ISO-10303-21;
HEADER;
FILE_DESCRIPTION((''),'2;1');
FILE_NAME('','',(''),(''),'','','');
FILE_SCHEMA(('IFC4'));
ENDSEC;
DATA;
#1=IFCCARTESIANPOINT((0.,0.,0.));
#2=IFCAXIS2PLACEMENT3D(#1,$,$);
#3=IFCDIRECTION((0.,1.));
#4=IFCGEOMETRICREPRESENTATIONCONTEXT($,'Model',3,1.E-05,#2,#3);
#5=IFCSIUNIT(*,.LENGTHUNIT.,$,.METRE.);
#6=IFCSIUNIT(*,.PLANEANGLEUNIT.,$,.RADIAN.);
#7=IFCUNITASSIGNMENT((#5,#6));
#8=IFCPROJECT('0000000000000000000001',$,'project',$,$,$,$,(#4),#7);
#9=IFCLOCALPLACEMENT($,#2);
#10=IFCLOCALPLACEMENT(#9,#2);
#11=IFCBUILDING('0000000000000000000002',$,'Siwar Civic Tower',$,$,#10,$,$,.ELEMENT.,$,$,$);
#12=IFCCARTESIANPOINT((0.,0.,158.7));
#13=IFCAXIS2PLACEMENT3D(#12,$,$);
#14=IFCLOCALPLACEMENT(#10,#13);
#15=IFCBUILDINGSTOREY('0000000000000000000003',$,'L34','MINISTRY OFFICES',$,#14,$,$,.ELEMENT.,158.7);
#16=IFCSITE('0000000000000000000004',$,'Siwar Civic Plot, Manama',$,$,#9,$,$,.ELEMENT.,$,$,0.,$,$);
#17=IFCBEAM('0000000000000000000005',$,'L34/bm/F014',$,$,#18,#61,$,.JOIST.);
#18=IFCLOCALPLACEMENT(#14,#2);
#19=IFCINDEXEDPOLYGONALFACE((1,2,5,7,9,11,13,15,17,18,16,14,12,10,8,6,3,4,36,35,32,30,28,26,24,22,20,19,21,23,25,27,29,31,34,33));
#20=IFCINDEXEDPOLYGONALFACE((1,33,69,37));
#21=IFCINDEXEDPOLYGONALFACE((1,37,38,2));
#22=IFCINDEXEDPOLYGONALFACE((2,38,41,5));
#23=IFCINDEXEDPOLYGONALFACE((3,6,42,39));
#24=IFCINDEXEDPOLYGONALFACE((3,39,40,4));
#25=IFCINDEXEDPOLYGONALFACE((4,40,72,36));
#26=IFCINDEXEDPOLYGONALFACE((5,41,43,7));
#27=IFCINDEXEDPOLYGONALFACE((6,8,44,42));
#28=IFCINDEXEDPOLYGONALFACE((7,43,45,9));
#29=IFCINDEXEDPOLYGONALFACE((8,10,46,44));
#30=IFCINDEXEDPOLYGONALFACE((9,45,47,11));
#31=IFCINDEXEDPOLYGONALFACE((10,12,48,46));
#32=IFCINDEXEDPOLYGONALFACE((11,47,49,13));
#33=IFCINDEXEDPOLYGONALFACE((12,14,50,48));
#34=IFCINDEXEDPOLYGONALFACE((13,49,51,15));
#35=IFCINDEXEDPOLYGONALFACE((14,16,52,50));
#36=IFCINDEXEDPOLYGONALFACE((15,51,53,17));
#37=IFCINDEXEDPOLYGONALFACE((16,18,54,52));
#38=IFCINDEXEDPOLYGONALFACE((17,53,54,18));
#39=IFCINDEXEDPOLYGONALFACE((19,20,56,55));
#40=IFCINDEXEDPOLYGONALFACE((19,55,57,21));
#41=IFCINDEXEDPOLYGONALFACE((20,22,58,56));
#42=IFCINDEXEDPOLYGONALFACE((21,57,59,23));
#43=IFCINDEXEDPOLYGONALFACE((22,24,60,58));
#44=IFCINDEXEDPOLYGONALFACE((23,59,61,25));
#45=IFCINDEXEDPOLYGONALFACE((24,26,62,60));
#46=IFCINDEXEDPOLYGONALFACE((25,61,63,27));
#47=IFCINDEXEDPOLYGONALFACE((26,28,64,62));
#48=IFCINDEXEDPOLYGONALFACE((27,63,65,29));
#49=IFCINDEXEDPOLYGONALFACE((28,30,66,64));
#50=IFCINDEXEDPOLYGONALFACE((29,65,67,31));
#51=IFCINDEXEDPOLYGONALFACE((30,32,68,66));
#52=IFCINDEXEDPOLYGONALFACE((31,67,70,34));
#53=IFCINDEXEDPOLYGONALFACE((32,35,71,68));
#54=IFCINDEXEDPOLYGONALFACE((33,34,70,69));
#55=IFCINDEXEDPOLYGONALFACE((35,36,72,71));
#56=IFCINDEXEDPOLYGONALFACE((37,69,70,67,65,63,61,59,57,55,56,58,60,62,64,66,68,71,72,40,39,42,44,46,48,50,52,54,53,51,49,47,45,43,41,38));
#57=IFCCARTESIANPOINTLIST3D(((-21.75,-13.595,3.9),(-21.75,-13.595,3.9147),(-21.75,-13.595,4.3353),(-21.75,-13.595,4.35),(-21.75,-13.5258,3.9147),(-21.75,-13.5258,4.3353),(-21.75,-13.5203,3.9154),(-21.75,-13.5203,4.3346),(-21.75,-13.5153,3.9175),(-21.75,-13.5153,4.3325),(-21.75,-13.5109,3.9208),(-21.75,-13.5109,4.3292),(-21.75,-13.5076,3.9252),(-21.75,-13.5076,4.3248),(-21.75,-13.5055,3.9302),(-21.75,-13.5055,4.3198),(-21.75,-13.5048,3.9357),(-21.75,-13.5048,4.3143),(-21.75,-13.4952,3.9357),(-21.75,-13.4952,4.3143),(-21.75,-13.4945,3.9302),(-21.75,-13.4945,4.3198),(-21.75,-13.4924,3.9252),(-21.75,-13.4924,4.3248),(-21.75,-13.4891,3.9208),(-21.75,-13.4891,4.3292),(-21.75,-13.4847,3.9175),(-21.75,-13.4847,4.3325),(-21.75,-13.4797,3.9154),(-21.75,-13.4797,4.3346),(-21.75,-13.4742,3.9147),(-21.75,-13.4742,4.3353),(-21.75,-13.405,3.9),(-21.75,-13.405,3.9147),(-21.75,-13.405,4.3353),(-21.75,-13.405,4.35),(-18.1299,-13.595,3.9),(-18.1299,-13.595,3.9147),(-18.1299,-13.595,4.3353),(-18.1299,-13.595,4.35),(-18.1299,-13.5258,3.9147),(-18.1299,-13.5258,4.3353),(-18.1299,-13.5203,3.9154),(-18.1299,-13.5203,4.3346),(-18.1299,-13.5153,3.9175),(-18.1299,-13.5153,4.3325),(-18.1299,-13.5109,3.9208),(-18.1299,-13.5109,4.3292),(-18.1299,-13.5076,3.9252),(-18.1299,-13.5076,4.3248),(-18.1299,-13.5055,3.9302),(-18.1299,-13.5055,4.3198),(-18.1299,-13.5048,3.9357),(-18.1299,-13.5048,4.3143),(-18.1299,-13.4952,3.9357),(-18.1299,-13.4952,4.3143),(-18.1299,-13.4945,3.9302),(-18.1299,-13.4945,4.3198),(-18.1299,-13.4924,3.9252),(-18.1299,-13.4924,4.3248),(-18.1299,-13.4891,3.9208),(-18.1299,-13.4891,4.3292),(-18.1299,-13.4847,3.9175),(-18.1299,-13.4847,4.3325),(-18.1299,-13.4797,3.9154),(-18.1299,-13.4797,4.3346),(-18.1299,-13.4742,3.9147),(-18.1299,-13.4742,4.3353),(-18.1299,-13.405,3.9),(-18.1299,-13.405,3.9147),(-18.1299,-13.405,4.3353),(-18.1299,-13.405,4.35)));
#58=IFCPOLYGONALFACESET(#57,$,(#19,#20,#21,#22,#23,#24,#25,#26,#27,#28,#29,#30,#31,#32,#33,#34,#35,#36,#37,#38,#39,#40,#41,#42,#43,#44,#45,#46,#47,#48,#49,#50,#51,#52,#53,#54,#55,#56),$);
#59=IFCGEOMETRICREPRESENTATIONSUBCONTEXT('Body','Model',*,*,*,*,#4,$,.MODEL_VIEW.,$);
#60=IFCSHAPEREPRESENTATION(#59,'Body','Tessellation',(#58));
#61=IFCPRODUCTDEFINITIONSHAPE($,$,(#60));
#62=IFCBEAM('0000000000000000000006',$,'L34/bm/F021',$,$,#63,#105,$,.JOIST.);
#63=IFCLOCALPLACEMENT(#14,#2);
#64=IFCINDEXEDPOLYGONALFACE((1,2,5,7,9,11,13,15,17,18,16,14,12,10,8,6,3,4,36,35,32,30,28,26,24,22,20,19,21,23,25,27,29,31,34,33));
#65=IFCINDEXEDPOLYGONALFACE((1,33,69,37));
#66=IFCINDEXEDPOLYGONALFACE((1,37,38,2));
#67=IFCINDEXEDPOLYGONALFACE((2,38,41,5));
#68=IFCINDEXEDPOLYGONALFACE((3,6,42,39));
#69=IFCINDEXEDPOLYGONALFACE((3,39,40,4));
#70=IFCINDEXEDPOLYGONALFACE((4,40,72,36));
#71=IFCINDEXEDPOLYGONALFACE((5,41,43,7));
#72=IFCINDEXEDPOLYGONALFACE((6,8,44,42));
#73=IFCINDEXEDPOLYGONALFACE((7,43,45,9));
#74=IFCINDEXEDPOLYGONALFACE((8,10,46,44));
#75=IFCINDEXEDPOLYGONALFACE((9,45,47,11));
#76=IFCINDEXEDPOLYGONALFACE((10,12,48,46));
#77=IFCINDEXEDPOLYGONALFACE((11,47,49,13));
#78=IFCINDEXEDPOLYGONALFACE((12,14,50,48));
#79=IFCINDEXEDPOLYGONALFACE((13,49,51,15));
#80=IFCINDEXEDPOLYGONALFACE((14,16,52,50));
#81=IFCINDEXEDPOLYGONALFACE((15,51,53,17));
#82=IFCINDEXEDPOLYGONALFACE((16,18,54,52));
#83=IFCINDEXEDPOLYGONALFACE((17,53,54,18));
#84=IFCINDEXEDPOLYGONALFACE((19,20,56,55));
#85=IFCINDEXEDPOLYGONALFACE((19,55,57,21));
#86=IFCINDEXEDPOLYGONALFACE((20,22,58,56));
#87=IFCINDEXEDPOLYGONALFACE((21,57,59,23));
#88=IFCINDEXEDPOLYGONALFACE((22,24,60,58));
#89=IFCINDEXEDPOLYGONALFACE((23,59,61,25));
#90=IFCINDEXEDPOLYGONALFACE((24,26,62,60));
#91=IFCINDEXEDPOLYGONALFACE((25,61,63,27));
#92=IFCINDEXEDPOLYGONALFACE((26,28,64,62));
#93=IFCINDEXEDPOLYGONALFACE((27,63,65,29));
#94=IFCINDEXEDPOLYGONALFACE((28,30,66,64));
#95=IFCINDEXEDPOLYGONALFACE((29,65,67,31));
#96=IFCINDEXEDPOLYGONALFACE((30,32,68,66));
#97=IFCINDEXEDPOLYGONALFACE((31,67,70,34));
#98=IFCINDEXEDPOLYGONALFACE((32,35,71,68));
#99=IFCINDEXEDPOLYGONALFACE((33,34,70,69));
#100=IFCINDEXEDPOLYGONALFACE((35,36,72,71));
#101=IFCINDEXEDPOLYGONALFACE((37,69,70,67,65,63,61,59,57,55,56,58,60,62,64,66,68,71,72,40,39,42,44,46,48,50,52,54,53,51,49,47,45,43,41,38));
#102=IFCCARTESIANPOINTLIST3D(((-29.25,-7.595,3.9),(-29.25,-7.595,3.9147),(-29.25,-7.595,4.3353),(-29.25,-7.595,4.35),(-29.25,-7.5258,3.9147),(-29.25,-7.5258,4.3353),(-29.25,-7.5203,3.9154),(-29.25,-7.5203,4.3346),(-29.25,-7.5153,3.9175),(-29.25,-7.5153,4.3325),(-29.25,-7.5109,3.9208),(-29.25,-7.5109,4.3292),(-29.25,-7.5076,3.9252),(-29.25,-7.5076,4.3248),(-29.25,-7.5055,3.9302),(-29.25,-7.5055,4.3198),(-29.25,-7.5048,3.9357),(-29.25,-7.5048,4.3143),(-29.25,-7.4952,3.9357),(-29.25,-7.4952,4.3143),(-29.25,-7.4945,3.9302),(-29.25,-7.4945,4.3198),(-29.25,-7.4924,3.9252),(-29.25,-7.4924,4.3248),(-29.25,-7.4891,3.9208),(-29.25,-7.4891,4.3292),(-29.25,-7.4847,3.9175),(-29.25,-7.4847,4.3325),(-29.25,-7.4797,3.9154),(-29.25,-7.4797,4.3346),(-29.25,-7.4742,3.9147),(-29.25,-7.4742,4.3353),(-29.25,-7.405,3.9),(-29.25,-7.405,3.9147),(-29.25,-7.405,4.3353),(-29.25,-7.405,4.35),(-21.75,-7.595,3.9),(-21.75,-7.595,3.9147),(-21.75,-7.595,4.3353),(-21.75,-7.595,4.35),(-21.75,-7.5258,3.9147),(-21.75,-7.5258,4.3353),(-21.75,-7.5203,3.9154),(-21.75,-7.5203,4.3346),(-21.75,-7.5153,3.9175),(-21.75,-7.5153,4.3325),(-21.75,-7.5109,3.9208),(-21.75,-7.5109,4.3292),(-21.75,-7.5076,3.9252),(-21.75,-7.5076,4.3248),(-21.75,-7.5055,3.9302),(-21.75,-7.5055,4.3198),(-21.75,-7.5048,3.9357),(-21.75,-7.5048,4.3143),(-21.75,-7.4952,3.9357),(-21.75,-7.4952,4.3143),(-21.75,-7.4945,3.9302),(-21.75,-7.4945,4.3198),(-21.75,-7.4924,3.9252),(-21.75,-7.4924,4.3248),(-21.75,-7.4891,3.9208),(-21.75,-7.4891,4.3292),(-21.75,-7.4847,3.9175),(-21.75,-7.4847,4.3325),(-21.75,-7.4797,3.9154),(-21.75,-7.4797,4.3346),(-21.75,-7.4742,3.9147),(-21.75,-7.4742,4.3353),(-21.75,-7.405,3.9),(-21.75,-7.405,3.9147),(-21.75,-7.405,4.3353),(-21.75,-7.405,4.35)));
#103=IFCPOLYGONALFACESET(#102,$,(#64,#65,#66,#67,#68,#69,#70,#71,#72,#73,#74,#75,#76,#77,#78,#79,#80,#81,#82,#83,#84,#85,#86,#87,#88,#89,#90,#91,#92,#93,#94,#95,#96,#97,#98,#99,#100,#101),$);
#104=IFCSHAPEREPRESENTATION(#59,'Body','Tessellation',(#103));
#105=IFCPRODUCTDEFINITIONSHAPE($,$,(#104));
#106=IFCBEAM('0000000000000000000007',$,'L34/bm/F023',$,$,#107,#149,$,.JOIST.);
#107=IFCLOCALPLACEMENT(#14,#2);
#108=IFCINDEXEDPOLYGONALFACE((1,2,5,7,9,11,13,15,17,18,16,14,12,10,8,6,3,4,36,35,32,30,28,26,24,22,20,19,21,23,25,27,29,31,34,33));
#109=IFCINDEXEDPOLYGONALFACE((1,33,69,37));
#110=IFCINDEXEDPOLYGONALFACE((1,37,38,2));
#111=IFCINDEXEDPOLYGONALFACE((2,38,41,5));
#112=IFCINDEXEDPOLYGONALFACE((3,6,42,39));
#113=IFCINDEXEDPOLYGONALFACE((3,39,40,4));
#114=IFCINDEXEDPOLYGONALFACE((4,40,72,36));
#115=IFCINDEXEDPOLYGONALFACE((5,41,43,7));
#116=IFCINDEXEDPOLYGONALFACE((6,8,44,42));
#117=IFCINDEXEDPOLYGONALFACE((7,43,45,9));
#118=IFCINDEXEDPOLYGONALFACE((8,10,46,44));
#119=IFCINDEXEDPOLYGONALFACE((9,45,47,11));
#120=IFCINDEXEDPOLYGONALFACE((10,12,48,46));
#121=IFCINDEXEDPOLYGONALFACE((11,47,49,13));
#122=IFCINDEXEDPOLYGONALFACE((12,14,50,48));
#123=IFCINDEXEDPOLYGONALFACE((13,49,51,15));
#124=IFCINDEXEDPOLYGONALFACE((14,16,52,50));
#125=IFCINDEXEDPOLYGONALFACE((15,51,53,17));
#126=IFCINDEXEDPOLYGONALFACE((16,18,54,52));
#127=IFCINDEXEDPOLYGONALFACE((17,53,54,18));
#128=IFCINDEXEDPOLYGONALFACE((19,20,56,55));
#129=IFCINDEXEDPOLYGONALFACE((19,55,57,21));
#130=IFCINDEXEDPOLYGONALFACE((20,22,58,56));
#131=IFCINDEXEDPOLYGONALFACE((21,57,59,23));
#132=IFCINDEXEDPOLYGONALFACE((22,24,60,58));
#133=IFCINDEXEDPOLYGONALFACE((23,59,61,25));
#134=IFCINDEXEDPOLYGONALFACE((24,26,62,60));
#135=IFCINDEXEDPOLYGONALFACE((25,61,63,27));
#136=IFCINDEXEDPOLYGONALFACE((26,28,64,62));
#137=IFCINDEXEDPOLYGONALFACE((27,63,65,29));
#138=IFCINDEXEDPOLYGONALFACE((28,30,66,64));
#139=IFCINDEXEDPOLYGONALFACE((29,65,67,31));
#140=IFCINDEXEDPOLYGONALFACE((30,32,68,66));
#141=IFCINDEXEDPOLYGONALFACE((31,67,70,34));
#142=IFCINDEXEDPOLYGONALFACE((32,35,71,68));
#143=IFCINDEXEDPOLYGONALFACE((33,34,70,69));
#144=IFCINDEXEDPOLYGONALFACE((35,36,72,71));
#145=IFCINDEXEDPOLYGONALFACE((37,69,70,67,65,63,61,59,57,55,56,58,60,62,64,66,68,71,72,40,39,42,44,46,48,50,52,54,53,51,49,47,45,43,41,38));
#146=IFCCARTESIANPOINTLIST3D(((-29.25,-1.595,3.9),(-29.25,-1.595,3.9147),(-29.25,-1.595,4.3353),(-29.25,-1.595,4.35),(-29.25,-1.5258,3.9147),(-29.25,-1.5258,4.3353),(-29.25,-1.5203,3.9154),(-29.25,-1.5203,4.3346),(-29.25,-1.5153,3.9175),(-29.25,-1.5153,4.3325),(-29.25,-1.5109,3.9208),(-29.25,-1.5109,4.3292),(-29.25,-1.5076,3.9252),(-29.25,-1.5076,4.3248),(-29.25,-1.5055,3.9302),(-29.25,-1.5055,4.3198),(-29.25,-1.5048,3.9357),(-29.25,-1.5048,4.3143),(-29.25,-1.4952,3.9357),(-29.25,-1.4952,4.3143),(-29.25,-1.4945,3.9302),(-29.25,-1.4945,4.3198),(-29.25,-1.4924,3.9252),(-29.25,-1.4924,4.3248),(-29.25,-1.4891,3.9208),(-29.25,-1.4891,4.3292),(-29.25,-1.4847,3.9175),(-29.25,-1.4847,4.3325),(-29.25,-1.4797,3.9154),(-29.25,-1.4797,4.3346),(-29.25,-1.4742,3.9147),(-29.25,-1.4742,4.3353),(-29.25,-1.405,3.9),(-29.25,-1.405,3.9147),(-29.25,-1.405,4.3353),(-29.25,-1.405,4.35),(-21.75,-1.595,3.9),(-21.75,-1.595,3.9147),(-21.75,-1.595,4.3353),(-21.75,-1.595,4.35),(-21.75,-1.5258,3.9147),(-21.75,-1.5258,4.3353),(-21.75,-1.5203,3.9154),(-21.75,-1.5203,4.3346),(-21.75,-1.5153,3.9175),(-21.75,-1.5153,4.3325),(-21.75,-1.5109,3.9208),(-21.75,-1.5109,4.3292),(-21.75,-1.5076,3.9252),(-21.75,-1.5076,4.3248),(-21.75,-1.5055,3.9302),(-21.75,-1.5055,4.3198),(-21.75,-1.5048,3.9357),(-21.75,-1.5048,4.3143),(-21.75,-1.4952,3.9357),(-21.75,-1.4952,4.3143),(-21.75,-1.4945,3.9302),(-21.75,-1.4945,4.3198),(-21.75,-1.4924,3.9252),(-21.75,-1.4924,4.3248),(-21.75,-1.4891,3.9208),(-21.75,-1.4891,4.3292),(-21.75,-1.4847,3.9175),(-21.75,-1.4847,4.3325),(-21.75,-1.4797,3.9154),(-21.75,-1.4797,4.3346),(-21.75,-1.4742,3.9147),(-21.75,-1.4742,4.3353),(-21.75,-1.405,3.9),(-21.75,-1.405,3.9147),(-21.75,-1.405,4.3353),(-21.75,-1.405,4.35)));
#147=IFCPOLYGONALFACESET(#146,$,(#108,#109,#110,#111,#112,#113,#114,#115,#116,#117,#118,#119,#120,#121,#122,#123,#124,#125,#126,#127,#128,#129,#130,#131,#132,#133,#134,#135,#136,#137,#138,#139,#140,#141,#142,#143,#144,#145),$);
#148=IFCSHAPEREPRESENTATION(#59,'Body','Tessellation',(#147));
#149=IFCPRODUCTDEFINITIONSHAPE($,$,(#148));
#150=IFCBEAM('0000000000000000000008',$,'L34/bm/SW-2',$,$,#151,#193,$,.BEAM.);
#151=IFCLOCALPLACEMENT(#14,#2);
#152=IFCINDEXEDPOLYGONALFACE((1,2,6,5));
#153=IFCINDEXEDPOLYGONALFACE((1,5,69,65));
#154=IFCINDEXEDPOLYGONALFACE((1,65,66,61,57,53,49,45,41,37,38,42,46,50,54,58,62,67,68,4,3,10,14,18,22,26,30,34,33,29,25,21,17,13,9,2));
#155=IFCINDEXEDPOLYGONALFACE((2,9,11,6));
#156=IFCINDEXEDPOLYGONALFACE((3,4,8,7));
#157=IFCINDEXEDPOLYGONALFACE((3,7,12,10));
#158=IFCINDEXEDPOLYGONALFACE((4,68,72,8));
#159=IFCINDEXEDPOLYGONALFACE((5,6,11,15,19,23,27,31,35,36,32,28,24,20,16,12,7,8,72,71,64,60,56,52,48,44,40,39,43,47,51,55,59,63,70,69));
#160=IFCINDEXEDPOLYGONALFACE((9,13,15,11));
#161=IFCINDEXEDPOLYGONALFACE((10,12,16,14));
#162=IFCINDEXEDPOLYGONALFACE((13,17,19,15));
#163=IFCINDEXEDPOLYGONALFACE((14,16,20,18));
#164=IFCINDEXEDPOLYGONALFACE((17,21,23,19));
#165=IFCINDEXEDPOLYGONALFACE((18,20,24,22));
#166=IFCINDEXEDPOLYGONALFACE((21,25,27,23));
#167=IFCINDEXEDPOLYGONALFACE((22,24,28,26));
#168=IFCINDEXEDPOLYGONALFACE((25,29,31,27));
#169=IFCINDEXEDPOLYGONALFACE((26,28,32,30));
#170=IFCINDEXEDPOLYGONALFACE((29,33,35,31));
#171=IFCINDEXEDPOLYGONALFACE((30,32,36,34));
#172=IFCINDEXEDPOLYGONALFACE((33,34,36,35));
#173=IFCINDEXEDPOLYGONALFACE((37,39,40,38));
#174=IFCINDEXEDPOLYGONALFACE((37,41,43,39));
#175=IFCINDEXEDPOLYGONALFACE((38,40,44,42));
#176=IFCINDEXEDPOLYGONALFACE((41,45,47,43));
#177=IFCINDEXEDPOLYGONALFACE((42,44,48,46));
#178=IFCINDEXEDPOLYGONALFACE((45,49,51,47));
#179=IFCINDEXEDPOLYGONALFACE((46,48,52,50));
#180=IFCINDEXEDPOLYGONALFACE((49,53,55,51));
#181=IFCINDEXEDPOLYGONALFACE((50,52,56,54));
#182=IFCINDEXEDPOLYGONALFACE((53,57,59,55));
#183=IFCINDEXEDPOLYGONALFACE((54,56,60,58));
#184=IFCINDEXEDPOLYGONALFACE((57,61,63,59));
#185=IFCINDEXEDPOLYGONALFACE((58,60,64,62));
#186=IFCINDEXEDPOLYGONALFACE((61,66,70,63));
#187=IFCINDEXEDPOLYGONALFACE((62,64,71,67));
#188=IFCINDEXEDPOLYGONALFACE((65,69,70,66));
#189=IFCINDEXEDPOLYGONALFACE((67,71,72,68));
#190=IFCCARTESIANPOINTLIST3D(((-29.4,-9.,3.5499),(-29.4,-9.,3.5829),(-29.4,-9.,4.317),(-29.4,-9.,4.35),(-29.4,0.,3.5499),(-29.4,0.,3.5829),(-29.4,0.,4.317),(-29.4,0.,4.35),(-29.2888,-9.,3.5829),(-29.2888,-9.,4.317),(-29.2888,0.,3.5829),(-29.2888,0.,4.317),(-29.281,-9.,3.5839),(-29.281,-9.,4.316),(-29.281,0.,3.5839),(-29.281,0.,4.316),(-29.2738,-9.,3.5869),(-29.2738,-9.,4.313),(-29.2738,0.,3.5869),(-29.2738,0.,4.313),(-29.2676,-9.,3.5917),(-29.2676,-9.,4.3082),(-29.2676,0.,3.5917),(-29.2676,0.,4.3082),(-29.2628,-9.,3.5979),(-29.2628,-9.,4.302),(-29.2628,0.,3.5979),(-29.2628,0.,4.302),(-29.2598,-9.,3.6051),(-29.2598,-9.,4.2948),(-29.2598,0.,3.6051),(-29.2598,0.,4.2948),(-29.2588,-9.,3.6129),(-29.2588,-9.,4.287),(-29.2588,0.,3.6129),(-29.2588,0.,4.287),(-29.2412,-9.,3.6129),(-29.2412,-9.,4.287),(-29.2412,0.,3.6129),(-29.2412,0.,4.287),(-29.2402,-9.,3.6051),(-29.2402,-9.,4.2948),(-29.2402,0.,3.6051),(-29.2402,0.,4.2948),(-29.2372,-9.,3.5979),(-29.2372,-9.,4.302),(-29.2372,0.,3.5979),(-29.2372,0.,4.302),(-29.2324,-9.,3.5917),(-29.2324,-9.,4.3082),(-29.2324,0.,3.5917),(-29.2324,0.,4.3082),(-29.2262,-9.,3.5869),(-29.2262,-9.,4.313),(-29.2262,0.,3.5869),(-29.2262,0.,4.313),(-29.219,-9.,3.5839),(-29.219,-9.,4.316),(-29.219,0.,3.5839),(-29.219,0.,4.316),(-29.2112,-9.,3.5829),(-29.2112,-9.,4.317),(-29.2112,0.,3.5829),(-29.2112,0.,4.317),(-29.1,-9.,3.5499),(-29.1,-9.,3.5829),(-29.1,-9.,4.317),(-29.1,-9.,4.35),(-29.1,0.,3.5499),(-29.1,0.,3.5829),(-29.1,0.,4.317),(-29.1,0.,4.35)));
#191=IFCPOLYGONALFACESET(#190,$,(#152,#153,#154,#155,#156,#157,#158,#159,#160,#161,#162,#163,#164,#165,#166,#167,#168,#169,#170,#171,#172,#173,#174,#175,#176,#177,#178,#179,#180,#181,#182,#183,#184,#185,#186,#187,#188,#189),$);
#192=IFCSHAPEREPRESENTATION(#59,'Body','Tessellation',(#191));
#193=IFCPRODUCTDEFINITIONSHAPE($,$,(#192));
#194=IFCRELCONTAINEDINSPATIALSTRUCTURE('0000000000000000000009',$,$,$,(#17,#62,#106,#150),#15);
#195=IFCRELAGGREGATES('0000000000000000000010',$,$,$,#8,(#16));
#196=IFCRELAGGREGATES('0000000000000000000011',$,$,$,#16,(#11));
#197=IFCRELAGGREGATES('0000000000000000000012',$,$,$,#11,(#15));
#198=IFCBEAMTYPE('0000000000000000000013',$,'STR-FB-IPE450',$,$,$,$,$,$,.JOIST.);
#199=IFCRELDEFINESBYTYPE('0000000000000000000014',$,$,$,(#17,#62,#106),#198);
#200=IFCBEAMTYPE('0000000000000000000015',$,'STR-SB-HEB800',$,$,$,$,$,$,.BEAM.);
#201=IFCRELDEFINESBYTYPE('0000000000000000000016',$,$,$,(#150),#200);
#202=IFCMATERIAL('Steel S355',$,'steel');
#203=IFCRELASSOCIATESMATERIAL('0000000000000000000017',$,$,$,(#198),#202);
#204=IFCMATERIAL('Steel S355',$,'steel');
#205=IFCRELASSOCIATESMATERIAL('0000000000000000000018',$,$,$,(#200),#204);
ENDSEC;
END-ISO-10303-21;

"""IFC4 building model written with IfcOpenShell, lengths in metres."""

from ifc_helpers import new_model, si_unit, direction, frame, origin, origin_2d, place, context, subcontext, project, spatial, i_section, extrude, material, material_profile, profile_set, type_object, element, save


model = new_model("IFC4")

# Units and contexts
model_context = context("Model", 3, precision=1e-05, world=origin(), true_north=direction((0.0, 1.0)))
body_context = subcontext(model_context, "Body", "Model", "MODEL_VIEW")
ifc_project = project(units=[si_unit("LENGTHUNIT", "METRE"), si_unit("PLANEANGLEUNIT", "RADIAN")], contexts=[model_context])

# Site, building, storey
site_placement = place(None, origin())
site = spatial("IfcSite", under=ifc_project, at=site_placement, Name="Siwar Civic Plot, Manama", CompositionType="ELEMENT", RefElevation=0.0)
building_placement = place(site_placement, origin())
building = spatial("IfcBuilding", under=site, at=building_placement, Name="Siwar Civic Tower", CompositionType="ELEMENT")
storey_placement = place(building_placement, frame((0.0, 0.0, 158.7)))
storey = spatial("IfcBuildingStorey", under=building, at=storey_placement, Name="L34", Description="MINISTRY OFFICES", CompositionType="ELEMENT", Elevation=158.7)

# Beams
ifc_material_1 = material(Name="Steel S355", Category="steel")
ifc_material_profile_1 = material_profile(ifc_material_1, i_section(OverallWidth=0.1899, OverallDepth=0.45, WebThickness=0.0095, FlangeThickness=0.0146, FilletRadius=0.021, at=origin_2d()), Name="IPE450")
ifc_profile_set_1 = profile_set([ifc_material_profile_1], Name="Steel S355")
beam_type_1 = type_object("IfcBeamType", Name="STR-FB-IPE450", PredefinedType="JOIST", material=ifc_profile_set_1)
beam_1_placement = place(storey_placement, frame((-21.75, -13.5, 4.125), z_axis=(1.0, 0.0, 0.0), x_axis=(0.0, 1.0, 0.0)))
element("IfcBeam", 1, at=beam_1_placement, inside=storey, type_object=beam_type_1, Name="L34/bm/F014", PredefinedType="JOIST", context=body_context, shape_type="SweptSolid", body=[
    extrude(i_section(OverallWidth=0.1899, OverallDepth=0.45, WebThickness=0.0095, FlangeThickness=0.0146, FilletRadius=0.021, at=origin_2d()), origin(), (0.0, 0.0, 1.0), 3.6201),
])
for number, where, z_axis, x_axis, name in (
    (2, (-29.25, -7.5, 4.125), (1.0, 0.0, 0.0), (0.0, 1.0, 0.0), "L34/bm/F021"),
    (3, (-29.25, -1.5, 4.125), (1.0, 0.0, 0.0), (0.0, 1.0, 0.0), "L34/bm/F023"),
):
    element("IfcBeam", number, at=place(storey_placement, frame(where, z_axis=z_axis, x_axis=x_axis)), inside=storey, type_object=beam_type_1, Name=name, PredefinedType="JOIST", context=body_context, shape_type="SweptSolid", body=[
        extrude(i_section(OverallWidth=0.1899, OverallDepth=0.45, WebThickness=0.0095, FlangeThickness=0.0146, FilletRadius=0.021, at=origin_2d()), origin(), (0.0, 0.0, 1.0), 7.5),
    ])
ifc_material_2 = material(Name="Steel S355", Category="steel")
ifc_material_profile_2 = material_profile(ifc_material_2, i_section(OverallWidth=0.3, OverallDepth=0.8, WebThickness=0.0176, FlangeThickness=0.033, FilletRadius=0.03, at=origin_2d()), Name="HEB800")
ifc_profile_set_2 = profile_set([ifc_material_profile_2], Name="Steel S355")
beam_type_2 = type_object("IfcBeamType", Name="STR-SB-HEB800", PredefinedType="BEAM", material=ifc_profile_set_2)
for number, where, z_axis, x_axis, name in (
    (4, (-29.25, 0.0, 3.95), (0.0, -1.0, 0.0), (1.0, 0.0, 0.0), "L34/bm/SW-2"),
):
    element("IfcBeam", number, at=place(storey_placement, frame(where, z_axis=z_axis, x_axis=x_axis)), inside=storey, type_object=beam_type_2, Name=name, PredefinedType="BEAM", context=body_context, shape_type="SweptSolid", body=[
        extrude(i_section(OverallWidth=0.3, OverallDepth=0.8, WebThickness=0.0176, FlangeThickness=0.033, FilletRadius=0.03, at=origin_2d()), origin(), (0.0, 0.0, 1.0), 9.0),
    ])

save(model, "model.ifc")
